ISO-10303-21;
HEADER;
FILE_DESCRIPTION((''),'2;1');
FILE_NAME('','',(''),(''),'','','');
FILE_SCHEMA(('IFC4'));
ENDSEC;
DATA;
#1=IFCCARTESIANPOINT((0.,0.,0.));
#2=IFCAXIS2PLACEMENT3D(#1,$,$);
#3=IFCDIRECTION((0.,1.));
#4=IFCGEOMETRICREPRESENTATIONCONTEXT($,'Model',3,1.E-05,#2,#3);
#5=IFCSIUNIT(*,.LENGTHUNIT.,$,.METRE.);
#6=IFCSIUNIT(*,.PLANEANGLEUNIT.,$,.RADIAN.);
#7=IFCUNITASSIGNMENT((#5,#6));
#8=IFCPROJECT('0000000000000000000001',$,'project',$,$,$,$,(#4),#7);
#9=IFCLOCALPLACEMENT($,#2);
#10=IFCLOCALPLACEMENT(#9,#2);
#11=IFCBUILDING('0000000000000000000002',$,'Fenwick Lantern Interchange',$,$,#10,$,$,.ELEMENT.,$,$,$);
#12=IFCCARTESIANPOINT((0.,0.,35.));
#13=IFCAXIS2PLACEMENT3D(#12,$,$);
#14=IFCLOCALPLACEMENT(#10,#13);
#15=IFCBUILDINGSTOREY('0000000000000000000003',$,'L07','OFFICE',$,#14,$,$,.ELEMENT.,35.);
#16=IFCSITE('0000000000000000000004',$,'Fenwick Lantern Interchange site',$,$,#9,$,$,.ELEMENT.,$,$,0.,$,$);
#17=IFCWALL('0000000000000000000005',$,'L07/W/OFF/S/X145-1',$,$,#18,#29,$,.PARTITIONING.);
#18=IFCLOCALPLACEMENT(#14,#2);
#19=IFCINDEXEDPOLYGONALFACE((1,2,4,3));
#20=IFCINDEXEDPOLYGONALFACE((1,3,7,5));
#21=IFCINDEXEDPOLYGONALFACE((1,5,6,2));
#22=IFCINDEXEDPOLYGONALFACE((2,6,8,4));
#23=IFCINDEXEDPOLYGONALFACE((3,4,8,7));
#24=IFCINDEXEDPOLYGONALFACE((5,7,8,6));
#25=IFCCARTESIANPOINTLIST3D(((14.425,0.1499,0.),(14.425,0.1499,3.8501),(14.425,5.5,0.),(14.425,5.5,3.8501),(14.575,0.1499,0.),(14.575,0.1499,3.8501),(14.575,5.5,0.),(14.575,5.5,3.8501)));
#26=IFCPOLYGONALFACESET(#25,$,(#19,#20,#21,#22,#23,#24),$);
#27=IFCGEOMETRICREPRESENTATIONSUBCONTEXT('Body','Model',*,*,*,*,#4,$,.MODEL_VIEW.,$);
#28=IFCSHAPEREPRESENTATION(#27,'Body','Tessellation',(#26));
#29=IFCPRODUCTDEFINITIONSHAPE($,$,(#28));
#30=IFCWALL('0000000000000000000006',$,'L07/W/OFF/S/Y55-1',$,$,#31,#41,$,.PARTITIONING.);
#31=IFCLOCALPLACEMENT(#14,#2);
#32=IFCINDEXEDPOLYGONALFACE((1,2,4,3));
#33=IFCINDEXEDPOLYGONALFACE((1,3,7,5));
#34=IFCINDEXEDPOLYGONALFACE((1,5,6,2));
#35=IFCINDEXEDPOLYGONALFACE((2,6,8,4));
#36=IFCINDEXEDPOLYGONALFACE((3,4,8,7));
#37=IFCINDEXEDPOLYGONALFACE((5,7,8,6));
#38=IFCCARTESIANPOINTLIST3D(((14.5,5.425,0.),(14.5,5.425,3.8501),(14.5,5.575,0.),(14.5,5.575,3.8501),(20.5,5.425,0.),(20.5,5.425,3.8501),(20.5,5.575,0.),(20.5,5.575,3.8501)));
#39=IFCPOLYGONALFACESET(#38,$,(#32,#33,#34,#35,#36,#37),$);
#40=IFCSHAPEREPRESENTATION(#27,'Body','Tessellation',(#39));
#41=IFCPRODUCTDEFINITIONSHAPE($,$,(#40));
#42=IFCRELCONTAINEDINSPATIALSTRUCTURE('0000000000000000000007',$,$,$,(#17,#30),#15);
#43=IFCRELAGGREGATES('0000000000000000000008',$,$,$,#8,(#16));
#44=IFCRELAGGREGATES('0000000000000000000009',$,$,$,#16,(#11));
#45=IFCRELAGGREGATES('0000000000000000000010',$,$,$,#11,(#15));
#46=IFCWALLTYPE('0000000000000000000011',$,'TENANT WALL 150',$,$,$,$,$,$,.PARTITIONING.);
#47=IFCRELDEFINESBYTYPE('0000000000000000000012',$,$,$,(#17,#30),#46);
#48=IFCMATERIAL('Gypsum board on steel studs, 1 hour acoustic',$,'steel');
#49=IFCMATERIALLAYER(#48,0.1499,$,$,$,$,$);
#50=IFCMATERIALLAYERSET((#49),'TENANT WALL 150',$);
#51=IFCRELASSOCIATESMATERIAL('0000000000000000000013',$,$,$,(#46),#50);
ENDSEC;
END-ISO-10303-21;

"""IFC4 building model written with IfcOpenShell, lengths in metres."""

from ifc_helpers import new_model, si_unit, direction, frame, frame_2d, origin, place, context, subcontext, project, spatial, rectangle, extrude, material, layer, layer_set, type_object, element, save


model = new_model("IFC4")

# Units and contexts
model_context = context("Model", 3, precision=1e-05, world=origin(), true_north=direction((0.0, 1.0)))
body_context = subcontext(model_context, "Body", "Model", "MODEL_VIEW")
ifc_project = project(units=[si_unit("LENGTHUNIT", "METRE"), si_unit("PLANEANGLEUNIT", "RADIAN")], contexts=[model_context])

# Site, building, storey
site_placement = place(None, origin())
site = spatial("IfcSite", under=ifc_project, at=site_placement, Name="Fenwick Lantern Interchange site", CompositionType="ELEMENT", RefElevation=0.0)
building_placement = place(site_placement, origin())
building = spatial("IfcBuilding", under=site, at=building_placement, Name="Fenwick Lantern Interchange", CompositionType="ELEMENT")
storey_placement = place(building_placement, frame((0.0, 0.0, 35.0)))
storey = spatial("IfcBuildingStorey", under=building, at=storey_placement, Name="L07", Description="OFFICE", CompositionType="ELEMENT", Elevation=35.0)

# Walls
ifc_material_1 = material(Name="Gypsum board on steel studs, 1 hour acoustic", Category="steel")
ifc_layer_1 = layer(ifc_material_1, 0.1499)
ifc_layer_set_1 = layer_set([ifc_layer_1], Name="TENANT WALL 150")
wall_type = type_object("IfcWallType", Name="TENANT WALL 150", PredefinedType="PARTITIONING", material=ifc_layer_set_1)
wall_1_placement = place(storey_placement, frame((14.5, 0.1499, 0.0), z_axis=(0.0, 0.0, 1.0), x_axis=(0.0, 1.0, 0.0)))
element("IfcWall", 1, at=wall_1_placement, inside=storey, type_object=wall_type, Name="L07/W/OFF/S/X145-1", PredefinedType="PARTITIONING", context=body_context, shape_type="SweptSolid", body=[
    extrude(rectangle(XDim=5.3501, YDim=0.1499, at=frame_2d((2.675, 0.0))), origin(), (0.0, 0.0, 1.0), 3.8501),
])
wall_2_placement = place(storey_placement, frame((14.5, 5.5, 0.0), z_axis=(0.0, 0.0, 1.0), x_axis=(1.0, 0.0, 0.0)))
element("IfcWall", 2, at=wall_2_placement, inside=storey, type_object=wall_type, Name="L07/W/OFF/S/Y55-1", PredefinedType="PARTITIONING", context=body_context, shape_type="SweptSolid", body=[
    extrude(rectangle(XDim=6.0, YDim=0.1499, at=frame_2d((3.0, 0.0))), origin(), (0.0, 0.0, 1.0), 3.8501),
])

save(model, "model.ifc")
